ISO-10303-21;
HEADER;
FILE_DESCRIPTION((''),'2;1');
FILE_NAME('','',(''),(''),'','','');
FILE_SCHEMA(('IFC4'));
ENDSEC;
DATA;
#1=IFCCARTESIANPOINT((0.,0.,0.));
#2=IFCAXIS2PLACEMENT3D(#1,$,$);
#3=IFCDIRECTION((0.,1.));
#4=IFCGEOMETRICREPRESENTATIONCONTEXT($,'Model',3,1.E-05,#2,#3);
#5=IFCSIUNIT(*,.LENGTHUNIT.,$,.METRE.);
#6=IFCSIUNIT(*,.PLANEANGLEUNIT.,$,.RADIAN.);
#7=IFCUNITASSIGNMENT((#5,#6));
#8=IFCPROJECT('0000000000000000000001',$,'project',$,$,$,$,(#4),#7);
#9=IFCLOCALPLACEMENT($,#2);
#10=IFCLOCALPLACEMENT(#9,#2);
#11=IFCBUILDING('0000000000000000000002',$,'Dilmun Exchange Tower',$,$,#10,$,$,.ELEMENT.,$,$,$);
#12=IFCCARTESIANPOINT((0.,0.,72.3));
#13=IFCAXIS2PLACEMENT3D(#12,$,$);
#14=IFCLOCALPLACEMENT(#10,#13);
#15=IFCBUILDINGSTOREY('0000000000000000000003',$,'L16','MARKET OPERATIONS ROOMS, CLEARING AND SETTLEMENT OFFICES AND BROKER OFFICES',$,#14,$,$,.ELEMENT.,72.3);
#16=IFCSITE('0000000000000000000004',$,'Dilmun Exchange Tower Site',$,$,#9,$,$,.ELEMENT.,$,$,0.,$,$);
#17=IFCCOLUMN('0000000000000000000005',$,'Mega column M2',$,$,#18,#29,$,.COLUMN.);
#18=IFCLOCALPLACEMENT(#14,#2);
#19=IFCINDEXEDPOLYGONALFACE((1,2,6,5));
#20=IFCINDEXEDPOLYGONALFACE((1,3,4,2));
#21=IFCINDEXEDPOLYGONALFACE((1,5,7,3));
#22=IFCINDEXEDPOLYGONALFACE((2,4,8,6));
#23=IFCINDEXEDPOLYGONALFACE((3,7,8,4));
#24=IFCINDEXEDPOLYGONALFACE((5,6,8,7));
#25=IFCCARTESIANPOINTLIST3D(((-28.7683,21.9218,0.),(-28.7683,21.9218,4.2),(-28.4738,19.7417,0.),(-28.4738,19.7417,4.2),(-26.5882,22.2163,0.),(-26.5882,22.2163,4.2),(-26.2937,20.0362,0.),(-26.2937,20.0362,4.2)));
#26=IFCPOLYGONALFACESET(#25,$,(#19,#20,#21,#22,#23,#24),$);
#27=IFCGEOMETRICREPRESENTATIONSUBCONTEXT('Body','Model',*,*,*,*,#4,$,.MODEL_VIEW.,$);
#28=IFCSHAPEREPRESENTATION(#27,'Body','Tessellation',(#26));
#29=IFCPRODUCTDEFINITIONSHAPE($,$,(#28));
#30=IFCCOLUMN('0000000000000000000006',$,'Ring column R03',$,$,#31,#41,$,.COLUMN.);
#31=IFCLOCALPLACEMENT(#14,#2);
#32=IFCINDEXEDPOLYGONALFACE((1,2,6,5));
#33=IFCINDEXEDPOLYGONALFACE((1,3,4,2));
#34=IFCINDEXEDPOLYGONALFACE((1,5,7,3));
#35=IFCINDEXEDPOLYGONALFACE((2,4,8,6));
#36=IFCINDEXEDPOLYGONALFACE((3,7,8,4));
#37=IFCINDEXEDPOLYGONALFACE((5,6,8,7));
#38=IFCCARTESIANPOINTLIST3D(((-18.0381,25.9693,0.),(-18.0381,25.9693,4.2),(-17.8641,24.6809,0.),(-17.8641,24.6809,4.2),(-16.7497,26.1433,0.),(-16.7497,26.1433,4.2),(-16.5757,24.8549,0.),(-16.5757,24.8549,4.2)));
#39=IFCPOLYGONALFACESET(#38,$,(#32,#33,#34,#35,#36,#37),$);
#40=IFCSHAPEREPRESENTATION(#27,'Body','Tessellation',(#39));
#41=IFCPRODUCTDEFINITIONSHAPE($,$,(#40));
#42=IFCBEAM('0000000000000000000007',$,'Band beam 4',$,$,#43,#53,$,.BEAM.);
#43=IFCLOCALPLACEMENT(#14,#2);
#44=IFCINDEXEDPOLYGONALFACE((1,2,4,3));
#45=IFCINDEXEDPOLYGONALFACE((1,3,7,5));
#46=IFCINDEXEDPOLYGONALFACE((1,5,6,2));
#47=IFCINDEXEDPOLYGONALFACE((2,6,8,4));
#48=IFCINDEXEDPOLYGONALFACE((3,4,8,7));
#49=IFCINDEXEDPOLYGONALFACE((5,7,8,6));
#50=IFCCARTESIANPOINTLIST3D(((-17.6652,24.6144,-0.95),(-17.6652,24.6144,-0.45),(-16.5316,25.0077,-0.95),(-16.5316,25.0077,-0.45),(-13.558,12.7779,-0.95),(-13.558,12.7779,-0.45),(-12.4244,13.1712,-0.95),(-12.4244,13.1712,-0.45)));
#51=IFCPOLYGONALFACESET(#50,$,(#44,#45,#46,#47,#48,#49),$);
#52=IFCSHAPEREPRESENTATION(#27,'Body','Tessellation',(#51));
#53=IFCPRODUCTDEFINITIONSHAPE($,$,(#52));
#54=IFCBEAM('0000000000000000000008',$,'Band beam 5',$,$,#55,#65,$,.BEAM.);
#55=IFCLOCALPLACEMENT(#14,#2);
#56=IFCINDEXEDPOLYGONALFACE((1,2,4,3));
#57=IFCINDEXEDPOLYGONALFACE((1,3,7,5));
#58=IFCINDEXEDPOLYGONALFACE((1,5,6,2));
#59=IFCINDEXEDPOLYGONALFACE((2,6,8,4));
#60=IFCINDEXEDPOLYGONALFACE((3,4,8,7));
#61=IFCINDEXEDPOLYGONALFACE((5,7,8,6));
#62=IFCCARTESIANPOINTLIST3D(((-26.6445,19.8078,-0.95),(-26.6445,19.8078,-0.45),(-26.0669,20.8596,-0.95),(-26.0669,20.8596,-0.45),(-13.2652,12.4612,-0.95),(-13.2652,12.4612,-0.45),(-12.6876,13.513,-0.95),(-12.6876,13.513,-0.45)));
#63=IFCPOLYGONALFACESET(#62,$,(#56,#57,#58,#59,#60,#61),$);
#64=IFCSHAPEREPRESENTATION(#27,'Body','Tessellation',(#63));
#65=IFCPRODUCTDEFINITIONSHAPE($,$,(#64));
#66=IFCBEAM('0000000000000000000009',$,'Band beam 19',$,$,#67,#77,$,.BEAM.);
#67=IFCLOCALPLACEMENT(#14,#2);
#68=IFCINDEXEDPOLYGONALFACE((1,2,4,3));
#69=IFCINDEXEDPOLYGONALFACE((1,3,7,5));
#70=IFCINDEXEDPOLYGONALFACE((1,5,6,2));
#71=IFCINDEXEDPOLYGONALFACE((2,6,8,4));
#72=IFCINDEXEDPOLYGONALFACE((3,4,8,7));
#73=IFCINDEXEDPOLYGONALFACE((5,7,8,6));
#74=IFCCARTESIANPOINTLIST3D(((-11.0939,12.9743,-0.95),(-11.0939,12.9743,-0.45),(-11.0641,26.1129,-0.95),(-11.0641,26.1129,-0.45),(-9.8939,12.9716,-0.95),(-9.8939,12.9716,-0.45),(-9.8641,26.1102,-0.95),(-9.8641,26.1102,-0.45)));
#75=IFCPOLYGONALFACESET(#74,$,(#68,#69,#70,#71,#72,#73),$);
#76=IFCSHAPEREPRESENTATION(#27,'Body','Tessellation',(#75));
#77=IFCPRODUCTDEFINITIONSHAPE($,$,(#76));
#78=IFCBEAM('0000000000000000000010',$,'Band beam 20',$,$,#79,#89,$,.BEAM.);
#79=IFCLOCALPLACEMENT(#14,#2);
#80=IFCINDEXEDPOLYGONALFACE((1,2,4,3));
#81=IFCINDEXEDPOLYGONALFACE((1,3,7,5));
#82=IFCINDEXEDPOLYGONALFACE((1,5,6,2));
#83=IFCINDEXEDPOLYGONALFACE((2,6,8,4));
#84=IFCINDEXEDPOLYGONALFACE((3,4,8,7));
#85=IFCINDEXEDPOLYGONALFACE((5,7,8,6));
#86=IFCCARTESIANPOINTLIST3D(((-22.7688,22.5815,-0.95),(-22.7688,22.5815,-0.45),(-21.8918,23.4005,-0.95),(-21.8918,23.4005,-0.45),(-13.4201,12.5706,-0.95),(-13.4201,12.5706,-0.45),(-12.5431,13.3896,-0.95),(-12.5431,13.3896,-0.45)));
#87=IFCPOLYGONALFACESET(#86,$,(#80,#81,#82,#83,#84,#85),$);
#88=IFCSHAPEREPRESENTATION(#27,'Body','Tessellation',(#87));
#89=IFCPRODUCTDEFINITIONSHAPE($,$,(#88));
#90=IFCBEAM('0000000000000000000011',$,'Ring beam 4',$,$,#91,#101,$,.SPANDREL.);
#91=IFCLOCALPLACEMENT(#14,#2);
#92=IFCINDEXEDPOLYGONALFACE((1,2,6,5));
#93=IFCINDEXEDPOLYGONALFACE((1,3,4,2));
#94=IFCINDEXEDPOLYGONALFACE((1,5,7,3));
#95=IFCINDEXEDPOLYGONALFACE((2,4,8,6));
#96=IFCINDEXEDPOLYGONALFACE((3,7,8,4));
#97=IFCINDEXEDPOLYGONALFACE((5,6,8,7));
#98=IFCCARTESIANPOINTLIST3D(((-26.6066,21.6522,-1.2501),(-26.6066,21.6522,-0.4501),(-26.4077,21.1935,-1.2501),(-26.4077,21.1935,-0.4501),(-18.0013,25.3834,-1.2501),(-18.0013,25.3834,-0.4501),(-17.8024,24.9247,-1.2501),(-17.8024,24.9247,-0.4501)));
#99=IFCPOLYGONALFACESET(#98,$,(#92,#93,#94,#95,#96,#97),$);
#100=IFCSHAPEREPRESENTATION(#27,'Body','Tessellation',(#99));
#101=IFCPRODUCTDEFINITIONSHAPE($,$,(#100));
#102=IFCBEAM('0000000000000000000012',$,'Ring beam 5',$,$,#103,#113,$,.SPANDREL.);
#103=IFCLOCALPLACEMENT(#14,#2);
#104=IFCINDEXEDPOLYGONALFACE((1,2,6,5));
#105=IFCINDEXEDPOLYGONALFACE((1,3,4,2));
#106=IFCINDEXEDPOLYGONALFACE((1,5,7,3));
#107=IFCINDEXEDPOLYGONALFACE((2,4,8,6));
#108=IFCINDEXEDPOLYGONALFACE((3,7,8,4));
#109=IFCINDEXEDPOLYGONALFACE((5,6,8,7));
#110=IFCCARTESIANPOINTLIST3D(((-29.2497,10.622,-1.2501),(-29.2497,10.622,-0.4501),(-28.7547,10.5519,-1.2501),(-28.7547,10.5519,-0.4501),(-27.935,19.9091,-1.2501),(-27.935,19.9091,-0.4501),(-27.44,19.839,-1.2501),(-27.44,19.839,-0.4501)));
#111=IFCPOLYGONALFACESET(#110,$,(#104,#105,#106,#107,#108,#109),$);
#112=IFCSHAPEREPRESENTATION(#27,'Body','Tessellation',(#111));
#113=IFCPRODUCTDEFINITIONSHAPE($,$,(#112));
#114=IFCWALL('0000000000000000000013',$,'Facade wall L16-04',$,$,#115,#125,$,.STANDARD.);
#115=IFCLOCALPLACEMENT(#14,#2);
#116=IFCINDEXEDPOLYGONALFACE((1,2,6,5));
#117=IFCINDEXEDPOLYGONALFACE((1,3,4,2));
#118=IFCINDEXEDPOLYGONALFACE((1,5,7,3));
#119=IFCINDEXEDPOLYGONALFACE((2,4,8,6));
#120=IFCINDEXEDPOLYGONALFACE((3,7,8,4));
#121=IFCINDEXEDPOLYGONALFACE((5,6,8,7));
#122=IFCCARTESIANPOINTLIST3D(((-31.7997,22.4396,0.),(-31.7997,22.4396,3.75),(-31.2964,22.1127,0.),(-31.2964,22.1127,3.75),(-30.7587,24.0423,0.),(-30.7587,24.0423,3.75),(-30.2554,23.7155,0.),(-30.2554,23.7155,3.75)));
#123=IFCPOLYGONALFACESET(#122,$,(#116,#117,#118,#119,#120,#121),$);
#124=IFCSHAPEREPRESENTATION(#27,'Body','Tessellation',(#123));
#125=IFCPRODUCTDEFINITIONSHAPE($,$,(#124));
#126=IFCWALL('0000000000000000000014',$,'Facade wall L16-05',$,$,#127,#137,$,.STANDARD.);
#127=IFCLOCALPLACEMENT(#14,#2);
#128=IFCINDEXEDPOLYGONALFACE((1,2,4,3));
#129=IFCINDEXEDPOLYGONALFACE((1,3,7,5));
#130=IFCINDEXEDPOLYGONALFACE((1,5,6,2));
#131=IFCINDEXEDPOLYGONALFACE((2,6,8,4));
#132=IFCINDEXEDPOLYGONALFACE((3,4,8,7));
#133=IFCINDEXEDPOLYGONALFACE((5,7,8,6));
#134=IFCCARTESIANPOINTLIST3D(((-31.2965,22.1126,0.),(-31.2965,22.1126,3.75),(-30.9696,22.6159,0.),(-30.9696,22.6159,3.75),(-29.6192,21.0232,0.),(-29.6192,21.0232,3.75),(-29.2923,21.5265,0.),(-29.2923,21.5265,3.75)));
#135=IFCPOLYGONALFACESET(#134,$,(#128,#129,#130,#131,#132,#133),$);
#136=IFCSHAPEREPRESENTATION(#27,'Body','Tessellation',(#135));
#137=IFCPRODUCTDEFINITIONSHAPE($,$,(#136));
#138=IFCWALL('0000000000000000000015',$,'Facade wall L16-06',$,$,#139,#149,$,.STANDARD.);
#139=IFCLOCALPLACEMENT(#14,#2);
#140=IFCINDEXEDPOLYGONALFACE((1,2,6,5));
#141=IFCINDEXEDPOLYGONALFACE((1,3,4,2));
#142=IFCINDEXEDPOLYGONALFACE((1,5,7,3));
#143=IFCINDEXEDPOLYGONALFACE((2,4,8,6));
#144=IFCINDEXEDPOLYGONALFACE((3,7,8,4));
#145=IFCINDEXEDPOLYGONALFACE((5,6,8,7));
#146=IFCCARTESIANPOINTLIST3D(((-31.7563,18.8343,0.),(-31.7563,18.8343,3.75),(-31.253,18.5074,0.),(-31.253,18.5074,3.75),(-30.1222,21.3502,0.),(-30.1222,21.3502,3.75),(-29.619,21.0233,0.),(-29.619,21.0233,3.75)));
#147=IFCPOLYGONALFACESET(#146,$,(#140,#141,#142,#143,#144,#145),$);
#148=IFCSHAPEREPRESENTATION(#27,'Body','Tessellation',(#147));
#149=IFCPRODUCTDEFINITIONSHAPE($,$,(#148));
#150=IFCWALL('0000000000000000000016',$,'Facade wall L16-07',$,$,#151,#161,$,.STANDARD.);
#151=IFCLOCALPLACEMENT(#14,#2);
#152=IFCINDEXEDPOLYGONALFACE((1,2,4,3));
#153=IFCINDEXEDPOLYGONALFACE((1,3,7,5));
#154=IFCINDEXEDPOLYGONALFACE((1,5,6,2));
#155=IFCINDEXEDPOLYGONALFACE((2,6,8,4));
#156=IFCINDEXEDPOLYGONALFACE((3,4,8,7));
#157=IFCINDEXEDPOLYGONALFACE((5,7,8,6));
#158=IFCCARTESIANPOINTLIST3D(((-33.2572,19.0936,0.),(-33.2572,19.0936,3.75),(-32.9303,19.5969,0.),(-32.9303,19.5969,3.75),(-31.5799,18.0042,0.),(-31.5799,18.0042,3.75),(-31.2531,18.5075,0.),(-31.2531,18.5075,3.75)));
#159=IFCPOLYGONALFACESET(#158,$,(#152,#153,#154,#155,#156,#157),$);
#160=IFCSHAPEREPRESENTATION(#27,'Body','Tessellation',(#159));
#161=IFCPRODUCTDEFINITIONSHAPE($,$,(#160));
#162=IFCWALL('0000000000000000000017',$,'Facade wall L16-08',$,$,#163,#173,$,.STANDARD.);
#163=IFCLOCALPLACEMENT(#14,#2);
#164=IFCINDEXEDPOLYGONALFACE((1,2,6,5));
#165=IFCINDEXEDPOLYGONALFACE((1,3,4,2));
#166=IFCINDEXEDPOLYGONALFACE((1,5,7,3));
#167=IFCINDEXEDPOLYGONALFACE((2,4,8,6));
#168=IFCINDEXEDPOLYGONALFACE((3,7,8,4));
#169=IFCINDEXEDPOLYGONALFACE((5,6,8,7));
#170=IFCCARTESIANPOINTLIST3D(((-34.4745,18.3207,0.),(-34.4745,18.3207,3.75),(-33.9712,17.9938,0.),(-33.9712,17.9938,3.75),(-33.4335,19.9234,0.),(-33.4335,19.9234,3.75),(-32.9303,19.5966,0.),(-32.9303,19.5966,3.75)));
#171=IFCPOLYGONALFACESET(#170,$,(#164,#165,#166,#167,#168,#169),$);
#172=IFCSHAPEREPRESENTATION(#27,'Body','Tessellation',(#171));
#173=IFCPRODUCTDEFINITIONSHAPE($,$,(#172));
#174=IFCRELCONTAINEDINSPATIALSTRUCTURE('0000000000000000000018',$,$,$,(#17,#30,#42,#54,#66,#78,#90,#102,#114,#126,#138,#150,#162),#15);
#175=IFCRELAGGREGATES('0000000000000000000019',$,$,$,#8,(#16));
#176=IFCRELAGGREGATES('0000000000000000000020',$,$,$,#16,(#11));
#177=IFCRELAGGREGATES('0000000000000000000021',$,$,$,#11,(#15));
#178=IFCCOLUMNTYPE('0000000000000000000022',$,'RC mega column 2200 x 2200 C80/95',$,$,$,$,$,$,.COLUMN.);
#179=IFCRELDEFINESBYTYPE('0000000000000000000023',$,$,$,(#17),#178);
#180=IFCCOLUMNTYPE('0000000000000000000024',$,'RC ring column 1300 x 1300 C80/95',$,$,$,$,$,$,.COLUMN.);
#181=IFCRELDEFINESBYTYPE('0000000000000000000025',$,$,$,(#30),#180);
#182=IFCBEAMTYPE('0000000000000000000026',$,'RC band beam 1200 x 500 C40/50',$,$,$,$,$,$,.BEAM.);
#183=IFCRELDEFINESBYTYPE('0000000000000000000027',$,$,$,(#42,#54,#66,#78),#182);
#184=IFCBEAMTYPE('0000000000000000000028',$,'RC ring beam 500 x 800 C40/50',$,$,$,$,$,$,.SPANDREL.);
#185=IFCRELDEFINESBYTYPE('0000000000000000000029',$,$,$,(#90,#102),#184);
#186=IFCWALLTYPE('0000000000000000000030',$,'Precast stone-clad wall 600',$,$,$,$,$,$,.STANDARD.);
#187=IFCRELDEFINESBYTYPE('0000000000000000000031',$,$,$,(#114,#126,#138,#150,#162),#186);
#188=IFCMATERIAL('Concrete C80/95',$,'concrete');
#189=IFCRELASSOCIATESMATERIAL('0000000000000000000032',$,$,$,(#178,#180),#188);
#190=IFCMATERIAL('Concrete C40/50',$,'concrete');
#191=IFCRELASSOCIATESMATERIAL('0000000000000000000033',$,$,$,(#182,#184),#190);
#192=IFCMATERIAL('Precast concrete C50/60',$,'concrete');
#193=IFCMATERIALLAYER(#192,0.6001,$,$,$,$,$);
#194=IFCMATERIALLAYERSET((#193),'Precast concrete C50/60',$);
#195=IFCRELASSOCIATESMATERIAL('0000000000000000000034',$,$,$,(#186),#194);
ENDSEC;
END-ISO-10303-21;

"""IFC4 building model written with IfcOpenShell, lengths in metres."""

from ifc_helpers import new_model, si_unit, direction, frame, frame_2d, origin, origin_2d, place, context, subcontext, project, spatial, rectangle, extrude, material, layer, layer_set, material_profile, profile_set, type_object, element, save


model = new_model("IFC4")

# Units and contexts
model_context = context("Model", 3, precision=1e-05, world=origin(), true_north=direction((0.0, 1.0)))
body_context = subcontext(model_context, "Body", "Model", "MODEL_VIEW")
ifc_project = project(units=[si_unit("LENGTHUNIT", "METRE"), si_unit("PLANEANGLEUNIT", "RADIAN")], contexts=[model_context])

# Site, building, storey
site_placement = place(None, origin())
site = spatial("IfcSite", under=ifc_project, at=site_placement, Name="Dilmun Exchange Tower Site", CompositionType="ELEMENT", RefElevation=0.0)
building_placement = place(site_placement, origin())
building = spatial("IfcBuilding", under=site, at=building_placement, Name="Dilmun Exchange Tower", CompositionType="ELEMENT")
storey_placement = place(building_placement, frame((0.0, 0.0, 72.3)))
storey = spatial("IfcBuildingStorey", under=building, at=storey_placement, Name="L16", Description="MARKET OPERATIONS ROOMS, CLEARING AND SETTLEMENT OFFICES AND BROKER OFFICES", CompositionType="ELEMENT", Elevation=72.3)

# Columns
ifc_material_1 = material(Name="Concrete C80/95", Category="concrete")
ifc_material_profile_1 = material_profile(ifc_material_1, rectangle(XDim=2.2, YDim=2.2, at=origin_2d()), Name="2200 x 2200")
ifc_profile_set_1 = profile_set([ifc_material_profile_1], Name="Concrete C80/95")
column_type_1 = type_object("IfcColumnType", Name="RC mega column 2200 x 2200 C80/95", PredefinedType="COLUMN", material=ifc_profile_set_1)
column_1_placement = place(storey_placement, frame((-27.531, 20.979, 0.0), z_axis=(0.0, 0.0, 1.0), x_axis=(0.991001, 0.133853, 0.0)))
element("IfcColumn", 1, at=column_1_placement, inside=storey, type_object=column_type_1, Name="Mega column M2", PredefinedType="COLUMN", context=body_context, shape_type="SweptSolid", body=[
    extrude(rectangle(XDim=2.2, YDim=2.2, at=origin_2d()), origin(), (0.0, 0.0, 1.0), 4.2),
])
ifc_material_profile_2 = material_profile(ifc_material_1, rectangle(XDim=1.3, YDim=1.3, at=origin_2d()), Name="1300 x 1300")
ifc_profile_set_2 = profile_set([ifc_material_profile_2], Name="Concrete C80/95")
column_type_2 = type_object("IfcColumnType", Name="RC ring column 1300 x 1300 C80/95", PredefinedType="COLUMN", material=ifc_profile_set_2)
column_2_placement = place(storey_placement, frame((-17.3069, 25.4121, 0.0), z_axis=(0.0, 0.0, 1.0), x_axis=(0.991001, 0.133853, 0.0)))
element("IfcColumn", 2, at=column_2_placement, inside=storey, type_object=column_type_2, Name="Ring column R03", PredefinedType="COLUMN", context=body_context, shape_type="SweptSolid", body=[
    extrude(rectangle(XDim=1.3, YDim=1.3, at=origin_2d()), origin(), (0.0, 0.0, 1.0), 4.2),
])

# Beams
ifc_material_2 = material(Name="Concrete C40/50", Category="concrete")
ifc_material_profile_3 = material_profile(ifc_material_2, rectangle(XDim=1.2, YDim=0.5, at=origin_2d()), Name="1200 x 500")
ifc_profile_set_3 = profile_set([ifc_material_profile_3], Name="Concrete C40/50")
beam_type_1 = type_object("IfcBeamType", Name="RC band beam 1200 x 500 C40/50", PredefinedType="BEAM", material=ifc_profile_set_3)
beam_1_placement = place(storey_placement, frame((-17.0984, 24.811, -0.7), z_axis=(0.32782, -0.94474, 0.0), x_axis=(0.94474, 0.32782, 0.0)))
element("IfcBeam", 3, at=beam_1_placement, inside=storey, type_object=beam_type_1, Name="Band beam 4", PredefinedType="BEAM", context=body_context, shape_type="SweptSolid", body=[
    extrude(rectangle(XDim=1.2, YDim=0.5, at=origin_2d()), origin(), (0.0, 0.0, 1.0), 12.5288),
])
beam_2_placement = place(storey_placement, frame((-26.3557, 20.3337, -0.7), z_axis=(0.876547, -0.481316, 0.0), x_axis=(0.481316, 0.876547, 0.0)))
element("IfcBeam", 4, at=beam_2_placement, inside=storey, type_object=beam_type_1, Name="Band beam 5", PredefinedType="BEAM", context=body_context, shape_type="SweptSolid", body=[
    extrude(rectangle(XDim=1.2, YDim=0.5, at=origin_2d()), origin(), (0.0, 0.0, 1.0), 15.2637),
])
beam_3_placement = place(storey_placement, frame((-10.4641, 26.1116, -0.7), z_axis=(-0.002267, -0.999997, 0.0), x_axis=(0.999997, -0.002267, 0.0)))
element("IfcBeam", 5, at=beam_3_placement, inside=storey, type_object=beam_type_1, Name="Band beam 19", PredefinedType="BEAM", context=body_context, shape_type="SweptSolid", body=[
    extrude(rectangle(XDim=1.2, YDim=0.5, at=origin_2d()), origin(), (0.0, 0.0, 1.0), 13.1387),
])
beam_4_placement = place(storey_placement, frame((-22.3303, 22.991, -0.7), z_axis=(0.682524, -0.730863, 0.0), x_axis=(0.730863, 0.682524, 0.0)))
element("IfcBeam", 6, at=beam_4_placement, inside=storey, type_object=beam_type_1, Name="Band beam 20", PredefinedType="BEAM", context=body_context, shape_type="SweptSolid", body=[
    extrude(rectangle(XDim=1.2, YDim=0.5, at=origin_2d()), origin(), (0.0, 0.0, 1.0), 13.6973),
])
ifc_material_profile_4 = material_profile(ifc_material_2, rectangle(XDim=0.5, YDim=0.8, at=origin_2d()), Name="500 x 800")
ifc_profile_set_4 = profile_set([ifc_material_profile_4], Name="Concrete C40/50")
beam_type_2 = type_object("IfcBeamType", Name="RC ring beam 500 x 800 C40/50", PredefinedType="SPANDREL", material=ifc_profile_set_4)
beam_5_placement = place(storey_placement, frame((-17.9019, 25.1541, -0.8501), z_axis=(-0.917467, -0.397811, 0.0), x_axis=(0.397811, -0.917467, 0.0)))
element("IfcBeam", 7, at=beam_5_placement, inside=storey, type_object=beam_type_2, Name="Ring beam 4", PredefinedType="SPANDREL", context=body_context, shape_type="SweptSolid", body=[
    extrude(rectangle(XDim=0.5, YDim=0.8, at=origin_2d()), origin(), (0.0, 0.0, 1.0), 9.3794),
])
beam_6_placement = place(storey_placement, frame((-27.6875, 19.874, -0.8501), z_axis=(-0.140164, -0.990128, 0.0), x_axis=(0.990128, -0.140164, 0.0)))
element("IfcBeam", 8, at=beam_6_placement, inside=storey, type_object=beam_type_2, Name="Ring beam 5", PredefinedType="SPANDREL", context=body_context, shape_type="SweptSolid", body=[
    extrude(rectangle(XDim=0.5, YDim=0.8, at=origin_2d()), origin(), (0.0, 0.0, 1.0), 9.3796),
])

# Walls
ifc_material_3 = material(Name="Precast concrete C50/60", Category="concrete")
ifc_layer = layer(ifc_material_3, 0.6001)
ifc_layer_set = layer_set([ifc_layer], Name="Precast concrete C50/60")
wall_type = type_object("IfcWallType", Name="Precast stone-clad wall 600", PredefinedType="STANDARD", material=ifc_layer_set)
wall_1_placement = place(storey_placement, frame((-30.5071, 23.8789, 0.0), z_axis=(0.0, 0.0, 1.0), x_axis=(-0.544696, -0.838633, 0.0)))
element("IfcWall", 9, at=wall_1_placement, inside=storey, type_object=wall_type, Name="Facade wall L16-04", PredefinedType="STANDARD", context=body_context, shape_type="SweptSolid", body=[
    extrude(rectangle(XDim=1.9111, YDim=0.6001, at=frame_2d((0.9556, 0.0))), origin(), (0.0, 0.0, 1.0), 3.75),
])
wall_2_placement = place(storey_placement, frame((-31.1331, 22.3643, 0.0), z_axis=(0.0, 0.0, 1.0), x_axis=(0.838639, -0.544688, 0.0)))
element("IfcWall", 10, at=wall_2_placement, inside=storey, type_object=wall_type, Name="Facade wall L16-05", PredefinedType="STANDARD", context=body_context, shape_type="SweptSolid", body=[
    extrude(rectangle(XDim=2.0, YDim=0.6001, at=frame_2d((1.0, 0.0))), origin(), (0.0, 0.0, 1.0), 3.75),
])
wall_3_placement = place(storey_placement, frame((-29.8706, 21.1868, 0.0), z_axis=(0.0, 0.0, 1.0), x_axis=(-0.544688, -0.838639, 0.0)))
element("IfcWall", 11, at=wall_3_placement, inside=storey, type_object=wall_type, Name="Facade wall L16-06", PredefinedType="STANDARD", context=body_context, shape_type="SweptSolid", body=[
    extrude(rectangle(XDim=3.0, YDim=0.6001, at=frame_2d((1.5, 0.0))), origin(), (0.0, 0.0, 1.0), 3.75),
])
wall_4_placement = place(storey_placement, frame((-31.4165, 18.2559, 0.0), z_axis=(0.0, 0.0, 1.0), x_axis=(-0.838639, 0.544688, 0.0)))
element("IfcWall", 12, at=wall_4_placement, inside=storey, type_object=wall_type, Name="Facade wall L16-07", PredefinedType="STANDARD", context=body_context, shape_type="SweptSolid", body=[
    extrude(rectangle(XDim=2.0, YDim=0.6001, at=frame_2d((1.0, 0.0))), origin(), (0.0, 0.0, 1.0), 3.75),
])
wall_5_placement = place(storey_placement, frame((-33.1819, 19.76, 0.0), z_axis=(0.0, 0.0, 1.0), x_axis=(-0.544696, -0.838633, 0.0)))
element("IfcWall", 13, at=wall_5_placement, inside=storey, type_object=wall_type, Name="Facade wall L16-08", PredefinedType="STANDARD", context=body_context, shape_type="SweptSolid", body=[
    extrude(rectangle(XDim=1.9111, YDim=0.6001, at=frame_2d((0.9556, 0.0))), origin(), (0.0, 0.0, 1.0), 3.75),
])

save(model, "model.ifc")
